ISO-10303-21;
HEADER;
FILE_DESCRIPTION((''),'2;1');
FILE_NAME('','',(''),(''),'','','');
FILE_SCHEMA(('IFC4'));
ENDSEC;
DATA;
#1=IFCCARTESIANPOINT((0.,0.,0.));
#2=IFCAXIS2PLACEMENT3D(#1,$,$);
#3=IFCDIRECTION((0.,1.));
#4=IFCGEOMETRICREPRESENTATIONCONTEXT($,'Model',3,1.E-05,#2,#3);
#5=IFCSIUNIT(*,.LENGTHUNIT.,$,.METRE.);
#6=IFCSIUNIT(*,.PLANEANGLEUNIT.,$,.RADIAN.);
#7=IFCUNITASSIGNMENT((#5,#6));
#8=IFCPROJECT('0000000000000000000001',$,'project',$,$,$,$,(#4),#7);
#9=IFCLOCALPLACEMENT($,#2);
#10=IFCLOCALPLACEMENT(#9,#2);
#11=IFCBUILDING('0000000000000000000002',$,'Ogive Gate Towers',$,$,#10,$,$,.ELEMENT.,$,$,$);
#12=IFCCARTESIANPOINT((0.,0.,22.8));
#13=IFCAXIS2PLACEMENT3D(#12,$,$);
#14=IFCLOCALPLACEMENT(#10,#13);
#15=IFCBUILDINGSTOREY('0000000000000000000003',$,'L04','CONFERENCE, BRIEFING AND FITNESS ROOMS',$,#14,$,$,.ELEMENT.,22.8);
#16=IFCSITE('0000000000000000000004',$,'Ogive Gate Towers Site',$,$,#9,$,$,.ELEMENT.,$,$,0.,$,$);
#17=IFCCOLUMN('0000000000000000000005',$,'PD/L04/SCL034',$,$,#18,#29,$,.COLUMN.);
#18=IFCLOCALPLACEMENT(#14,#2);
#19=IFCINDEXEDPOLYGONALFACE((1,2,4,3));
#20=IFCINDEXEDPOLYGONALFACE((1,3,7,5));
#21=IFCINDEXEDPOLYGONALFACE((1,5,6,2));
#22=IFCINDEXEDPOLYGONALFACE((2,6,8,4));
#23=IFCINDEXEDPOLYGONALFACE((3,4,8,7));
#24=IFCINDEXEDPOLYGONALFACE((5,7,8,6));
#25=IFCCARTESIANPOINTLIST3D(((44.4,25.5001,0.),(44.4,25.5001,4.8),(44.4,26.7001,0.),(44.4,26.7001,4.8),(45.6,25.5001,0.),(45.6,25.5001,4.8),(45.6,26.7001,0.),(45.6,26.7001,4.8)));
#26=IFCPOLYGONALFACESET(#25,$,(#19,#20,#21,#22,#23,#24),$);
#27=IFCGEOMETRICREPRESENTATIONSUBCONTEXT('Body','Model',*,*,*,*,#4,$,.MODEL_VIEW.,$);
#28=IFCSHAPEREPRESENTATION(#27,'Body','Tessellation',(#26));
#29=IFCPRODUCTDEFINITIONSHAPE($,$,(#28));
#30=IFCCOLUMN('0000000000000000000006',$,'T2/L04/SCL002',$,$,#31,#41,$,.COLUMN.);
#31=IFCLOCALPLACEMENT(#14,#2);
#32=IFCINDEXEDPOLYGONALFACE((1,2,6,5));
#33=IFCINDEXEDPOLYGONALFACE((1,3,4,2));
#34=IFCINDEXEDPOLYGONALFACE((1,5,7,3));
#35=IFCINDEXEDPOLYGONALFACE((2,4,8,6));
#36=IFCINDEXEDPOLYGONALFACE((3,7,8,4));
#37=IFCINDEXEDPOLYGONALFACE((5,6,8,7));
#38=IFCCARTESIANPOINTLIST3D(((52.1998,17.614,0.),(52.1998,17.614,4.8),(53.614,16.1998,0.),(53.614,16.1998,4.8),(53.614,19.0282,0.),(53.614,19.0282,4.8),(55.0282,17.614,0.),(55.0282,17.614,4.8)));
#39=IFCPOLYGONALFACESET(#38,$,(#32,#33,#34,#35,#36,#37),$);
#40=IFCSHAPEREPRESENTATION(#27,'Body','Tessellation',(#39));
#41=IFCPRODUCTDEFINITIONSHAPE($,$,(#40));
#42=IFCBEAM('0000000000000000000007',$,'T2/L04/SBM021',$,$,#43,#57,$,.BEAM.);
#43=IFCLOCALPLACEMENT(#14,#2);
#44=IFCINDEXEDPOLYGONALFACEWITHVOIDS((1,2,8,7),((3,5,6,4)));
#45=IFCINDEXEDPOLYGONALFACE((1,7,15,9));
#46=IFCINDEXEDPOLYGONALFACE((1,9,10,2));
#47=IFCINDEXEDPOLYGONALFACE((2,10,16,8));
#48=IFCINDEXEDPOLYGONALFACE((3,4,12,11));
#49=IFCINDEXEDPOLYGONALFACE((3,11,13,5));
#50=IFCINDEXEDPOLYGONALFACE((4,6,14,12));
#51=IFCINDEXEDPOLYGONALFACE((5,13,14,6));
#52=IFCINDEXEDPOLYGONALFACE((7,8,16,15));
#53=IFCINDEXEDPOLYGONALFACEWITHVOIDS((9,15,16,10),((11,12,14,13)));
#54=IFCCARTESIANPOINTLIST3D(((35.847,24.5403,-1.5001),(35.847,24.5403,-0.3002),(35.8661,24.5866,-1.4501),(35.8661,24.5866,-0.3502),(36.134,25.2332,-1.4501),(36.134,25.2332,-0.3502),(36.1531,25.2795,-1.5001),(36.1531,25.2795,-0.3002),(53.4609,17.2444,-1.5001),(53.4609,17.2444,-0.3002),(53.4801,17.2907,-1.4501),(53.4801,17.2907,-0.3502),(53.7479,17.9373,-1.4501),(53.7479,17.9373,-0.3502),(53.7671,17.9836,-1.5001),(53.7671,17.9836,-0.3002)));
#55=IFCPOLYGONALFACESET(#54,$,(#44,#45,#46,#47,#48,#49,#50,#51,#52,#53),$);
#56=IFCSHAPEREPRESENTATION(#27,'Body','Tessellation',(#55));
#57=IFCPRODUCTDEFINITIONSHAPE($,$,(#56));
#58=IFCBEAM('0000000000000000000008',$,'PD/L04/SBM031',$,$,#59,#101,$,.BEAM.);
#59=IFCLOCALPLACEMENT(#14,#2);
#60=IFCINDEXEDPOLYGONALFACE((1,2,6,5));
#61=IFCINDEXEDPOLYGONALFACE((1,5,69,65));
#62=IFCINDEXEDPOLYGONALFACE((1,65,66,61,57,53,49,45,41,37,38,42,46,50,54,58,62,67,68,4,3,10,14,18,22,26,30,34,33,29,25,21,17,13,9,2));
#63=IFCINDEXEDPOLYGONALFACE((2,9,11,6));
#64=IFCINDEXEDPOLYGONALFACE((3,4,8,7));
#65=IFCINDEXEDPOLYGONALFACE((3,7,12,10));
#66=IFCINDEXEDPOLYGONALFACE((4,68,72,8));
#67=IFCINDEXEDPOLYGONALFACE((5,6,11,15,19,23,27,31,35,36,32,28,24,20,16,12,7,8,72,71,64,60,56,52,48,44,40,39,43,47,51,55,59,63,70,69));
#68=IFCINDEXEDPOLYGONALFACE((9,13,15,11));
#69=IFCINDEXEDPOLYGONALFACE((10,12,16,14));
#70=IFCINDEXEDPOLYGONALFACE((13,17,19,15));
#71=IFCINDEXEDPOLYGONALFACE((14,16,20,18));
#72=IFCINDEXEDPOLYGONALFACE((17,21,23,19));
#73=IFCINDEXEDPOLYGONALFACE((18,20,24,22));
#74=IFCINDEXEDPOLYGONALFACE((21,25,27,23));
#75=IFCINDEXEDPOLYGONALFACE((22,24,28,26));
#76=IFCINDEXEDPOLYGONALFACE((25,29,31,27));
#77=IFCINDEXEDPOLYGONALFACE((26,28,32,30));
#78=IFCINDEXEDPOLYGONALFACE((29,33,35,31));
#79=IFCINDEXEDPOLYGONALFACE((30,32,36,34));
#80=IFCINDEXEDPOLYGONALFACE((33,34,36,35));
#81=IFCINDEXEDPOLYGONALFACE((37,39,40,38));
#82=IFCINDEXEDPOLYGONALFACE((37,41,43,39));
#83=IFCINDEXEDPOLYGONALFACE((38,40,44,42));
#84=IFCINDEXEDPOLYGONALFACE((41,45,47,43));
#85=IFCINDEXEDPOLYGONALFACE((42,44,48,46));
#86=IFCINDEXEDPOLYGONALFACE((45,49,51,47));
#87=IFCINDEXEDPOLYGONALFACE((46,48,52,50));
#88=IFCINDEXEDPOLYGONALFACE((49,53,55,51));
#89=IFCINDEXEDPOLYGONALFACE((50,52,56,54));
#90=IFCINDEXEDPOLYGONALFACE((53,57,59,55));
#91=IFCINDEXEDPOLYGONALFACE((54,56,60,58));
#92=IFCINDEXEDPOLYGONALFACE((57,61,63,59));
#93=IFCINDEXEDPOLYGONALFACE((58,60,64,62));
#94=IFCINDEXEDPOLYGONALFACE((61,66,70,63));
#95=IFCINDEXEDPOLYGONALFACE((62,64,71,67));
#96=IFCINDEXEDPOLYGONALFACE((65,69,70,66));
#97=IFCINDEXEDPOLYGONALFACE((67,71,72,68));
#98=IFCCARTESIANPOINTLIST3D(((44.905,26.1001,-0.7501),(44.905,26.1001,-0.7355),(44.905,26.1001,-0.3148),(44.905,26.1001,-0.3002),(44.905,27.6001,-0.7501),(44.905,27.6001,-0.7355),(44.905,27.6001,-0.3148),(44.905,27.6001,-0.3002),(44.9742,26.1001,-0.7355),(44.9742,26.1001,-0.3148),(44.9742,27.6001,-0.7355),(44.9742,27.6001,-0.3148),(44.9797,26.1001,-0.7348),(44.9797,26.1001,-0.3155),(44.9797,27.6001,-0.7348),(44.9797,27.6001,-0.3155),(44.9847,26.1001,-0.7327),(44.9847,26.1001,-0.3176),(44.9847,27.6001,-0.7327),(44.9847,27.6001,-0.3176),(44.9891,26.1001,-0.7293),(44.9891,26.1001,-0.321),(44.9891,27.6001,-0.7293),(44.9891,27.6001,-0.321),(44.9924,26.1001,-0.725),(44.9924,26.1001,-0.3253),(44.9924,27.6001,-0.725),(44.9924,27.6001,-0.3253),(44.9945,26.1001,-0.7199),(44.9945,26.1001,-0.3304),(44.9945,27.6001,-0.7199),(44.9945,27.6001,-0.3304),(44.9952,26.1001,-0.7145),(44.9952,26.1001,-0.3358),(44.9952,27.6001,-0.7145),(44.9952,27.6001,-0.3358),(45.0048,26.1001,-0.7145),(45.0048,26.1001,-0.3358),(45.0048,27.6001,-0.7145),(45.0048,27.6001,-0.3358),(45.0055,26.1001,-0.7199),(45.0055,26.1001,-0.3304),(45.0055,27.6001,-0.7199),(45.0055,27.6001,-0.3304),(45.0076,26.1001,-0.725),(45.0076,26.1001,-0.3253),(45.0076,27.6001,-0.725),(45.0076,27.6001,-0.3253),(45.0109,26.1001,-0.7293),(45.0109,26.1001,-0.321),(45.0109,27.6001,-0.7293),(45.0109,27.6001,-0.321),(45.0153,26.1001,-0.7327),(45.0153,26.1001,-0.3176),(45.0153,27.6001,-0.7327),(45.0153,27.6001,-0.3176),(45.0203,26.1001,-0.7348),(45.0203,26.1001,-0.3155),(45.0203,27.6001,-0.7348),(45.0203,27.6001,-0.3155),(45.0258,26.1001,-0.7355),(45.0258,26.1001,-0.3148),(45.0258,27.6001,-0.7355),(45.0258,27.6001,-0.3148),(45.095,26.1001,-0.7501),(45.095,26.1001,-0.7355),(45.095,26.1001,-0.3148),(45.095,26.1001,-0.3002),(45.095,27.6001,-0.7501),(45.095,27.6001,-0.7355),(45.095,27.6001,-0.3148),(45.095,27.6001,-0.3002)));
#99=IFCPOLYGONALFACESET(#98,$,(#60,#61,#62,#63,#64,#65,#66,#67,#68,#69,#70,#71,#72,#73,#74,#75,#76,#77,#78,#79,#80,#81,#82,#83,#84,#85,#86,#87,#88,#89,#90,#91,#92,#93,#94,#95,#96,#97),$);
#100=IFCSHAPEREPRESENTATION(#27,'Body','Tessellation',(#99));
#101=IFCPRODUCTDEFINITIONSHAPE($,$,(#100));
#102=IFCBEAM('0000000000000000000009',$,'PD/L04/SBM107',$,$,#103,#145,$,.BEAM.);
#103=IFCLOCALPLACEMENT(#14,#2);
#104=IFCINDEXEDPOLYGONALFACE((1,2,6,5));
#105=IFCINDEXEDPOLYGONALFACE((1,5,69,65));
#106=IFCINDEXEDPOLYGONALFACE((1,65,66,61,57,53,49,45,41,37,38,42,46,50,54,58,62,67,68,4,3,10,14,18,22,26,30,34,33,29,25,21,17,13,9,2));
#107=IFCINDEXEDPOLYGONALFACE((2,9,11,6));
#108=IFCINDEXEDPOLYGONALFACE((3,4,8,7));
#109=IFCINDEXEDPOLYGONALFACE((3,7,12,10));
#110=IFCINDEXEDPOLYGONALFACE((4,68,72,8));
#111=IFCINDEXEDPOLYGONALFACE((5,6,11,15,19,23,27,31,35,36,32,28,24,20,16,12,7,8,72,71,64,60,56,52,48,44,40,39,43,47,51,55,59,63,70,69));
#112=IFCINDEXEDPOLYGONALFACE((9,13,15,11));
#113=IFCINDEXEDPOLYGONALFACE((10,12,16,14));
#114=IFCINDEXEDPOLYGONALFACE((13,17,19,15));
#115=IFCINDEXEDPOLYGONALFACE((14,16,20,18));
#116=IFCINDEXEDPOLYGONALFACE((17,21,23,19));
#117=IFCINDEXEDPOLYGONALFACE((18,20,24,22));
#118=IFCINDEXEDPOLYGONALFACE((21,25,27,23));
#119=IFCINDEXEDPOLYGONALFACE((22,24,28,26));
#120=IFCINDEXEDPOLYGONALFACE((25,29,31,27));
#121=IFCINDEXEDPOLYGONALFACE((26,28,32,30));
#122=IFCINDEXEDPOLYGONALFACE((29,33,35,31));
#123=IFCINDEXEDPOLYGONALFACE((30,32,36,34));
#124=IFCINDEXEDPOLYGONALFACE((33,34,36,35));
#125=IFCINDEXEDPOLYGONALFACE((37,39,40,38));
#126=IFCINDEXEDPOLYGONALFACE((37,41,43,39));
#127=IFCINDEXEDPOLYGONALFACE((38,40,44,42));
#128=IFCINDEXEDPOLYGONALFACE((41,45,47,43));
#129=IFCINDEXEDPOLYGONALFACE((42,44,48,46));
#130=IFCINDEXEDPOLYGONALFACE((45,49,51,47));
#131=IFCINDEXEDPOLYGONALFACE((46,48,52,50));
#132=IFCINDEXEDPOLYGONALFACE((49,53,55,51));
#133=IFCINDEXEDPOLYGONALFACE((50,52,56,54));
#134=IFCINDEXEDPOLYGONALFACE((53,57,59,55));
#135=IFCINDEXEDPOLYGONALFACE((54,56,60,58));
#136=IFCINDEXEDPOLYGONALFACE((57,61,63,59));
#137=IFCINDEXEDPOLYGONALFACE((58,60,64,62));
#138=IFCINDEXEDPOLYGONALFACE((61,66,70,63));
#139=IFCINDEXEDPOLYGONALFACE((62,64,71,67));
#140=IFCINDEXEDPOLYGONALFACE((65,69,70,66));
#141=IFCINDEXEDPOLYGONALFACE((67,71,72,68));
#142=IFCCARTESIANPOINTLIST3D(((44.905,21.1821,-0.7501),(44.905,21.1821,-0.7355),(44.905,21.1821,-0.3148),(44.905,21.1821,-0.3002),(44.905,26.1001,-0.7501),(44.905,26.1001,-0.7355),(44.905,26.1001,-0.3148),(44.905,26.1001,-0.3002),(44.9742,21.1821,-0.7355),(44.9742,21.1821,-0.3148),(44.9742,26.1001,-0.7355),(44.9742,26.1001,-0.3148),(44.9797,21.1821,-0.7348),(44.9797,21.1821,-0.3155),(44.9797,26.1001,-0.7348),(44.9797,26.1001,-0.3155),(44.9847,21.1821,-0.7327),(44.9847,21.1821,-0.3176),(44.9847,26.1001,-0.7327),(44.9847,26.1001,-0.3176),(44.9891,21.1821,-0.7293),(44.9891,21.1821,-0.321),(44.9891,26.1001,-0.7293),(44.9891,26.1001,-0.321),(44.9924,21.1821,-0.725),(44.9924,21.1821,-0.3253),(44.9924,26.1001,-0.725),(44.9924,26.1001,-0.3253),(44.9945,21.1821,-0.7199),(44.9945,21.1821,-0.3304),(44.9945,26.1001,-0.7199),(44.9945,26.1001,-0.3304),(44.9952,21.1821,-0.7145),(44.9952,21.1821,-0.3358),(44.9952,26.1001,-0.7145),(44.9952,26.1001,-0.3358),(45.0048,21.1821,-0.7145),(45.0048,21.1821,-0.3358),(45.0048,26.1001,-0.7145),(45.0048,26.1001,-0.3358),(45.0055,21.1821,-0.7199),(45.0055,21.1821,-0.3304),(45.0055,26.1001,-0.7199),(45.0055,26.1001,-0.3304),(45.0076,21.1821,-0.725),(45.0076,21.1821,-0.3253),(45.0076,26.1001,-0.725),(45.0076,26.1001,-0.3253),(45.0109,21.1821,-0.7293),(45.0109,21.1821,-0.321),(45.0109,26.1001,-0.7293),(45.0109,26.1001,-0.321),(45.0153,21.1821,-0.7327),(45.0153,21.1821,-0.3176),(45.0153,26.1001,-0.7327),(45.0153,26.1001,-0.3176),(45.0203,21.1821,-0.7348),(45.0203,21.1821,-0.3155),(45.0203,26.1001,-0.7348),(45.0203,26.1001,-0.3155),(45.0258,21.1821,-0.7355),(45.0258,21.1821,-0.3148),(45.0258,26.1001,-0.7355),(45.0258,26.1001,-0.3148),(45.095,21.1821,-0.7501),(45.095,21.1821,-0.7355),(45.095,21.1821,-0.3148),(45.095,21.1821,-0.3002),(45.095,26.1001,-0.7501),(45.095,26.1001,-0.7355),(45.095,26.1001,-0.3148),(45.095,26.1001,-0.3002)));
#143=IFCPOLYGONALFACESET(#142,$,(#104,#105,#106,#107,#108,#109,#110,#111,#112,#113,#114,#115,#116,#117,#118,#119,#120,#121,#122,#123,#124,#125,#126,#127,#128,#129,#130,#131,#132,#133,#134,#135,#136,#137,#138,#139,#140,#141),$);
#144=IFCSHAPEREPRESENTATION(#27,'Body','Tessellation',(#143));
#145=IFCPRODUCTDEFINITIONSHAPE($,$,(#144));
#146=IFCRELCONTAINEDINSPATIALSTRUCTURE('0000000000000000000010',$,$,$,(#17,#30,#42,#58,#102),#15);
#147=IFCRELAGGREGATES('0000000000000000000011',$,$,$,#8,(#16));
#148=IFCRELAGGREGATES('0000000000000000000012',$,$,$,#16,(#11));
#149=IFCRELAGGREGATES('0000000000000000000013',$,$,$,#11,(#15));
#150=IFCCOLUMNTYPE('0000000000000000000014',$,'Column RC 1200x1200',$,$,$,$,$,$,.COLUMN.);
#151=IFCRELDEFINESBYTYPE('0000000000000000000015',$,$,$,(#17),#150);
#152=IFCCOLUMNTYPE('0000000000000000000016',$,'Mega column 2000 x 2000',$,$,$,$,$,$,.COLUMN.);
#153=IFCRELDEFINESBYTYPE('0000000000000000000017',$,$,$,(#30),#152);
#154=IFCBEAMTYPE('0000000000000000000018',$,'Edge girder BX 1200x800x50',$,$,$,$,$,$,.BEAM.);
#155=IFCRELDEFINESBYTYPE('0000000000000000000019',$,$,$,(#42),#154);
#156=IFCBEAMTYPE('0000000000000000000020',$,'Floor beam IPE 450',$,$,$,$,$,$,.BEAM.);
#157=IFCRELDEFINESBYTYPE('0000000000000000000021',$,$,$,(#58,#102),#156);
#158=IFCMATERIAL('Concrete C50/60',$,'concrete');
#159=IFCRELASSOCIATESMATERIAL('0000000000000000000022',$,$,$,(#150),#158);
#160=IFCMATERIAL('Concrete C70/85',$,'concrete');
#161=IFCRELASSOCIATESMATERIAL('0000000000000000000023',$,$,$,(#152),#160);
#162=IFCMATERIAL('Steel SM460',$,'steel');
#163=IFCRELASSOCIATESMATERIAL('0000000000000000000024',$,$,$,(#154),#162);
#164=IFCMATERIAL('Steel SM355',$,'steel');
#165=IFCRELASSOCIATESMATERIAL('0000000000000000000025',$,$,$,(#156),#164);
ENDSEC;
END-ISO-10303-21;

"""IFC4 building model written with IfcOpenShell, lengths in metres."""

from ifc_helpers import new_model, si_unit, direction, frame, origin, origin_2d, place, context, subcontext, project, spatial, rectangle, hollow_rectangle, i_section, extrude, material, material_profile, profile_set, type_object, element, save


model = new_model("IFC4")

# Units and contexts
model_context = context("Model", 3, precision=1e-05, world=origin(), true_north=direction((0.0, 1.0)))
body_context = subcontext(model_context, "Body", "Model", "MODEL_VIEW")
ifc_project = project(units=[si_unit("LENGTHUNIT", "METRE"), si_unit("PLANEANGLEUNIT", "RADIAN")], contexts=[model_context])

# Site, building, storey
site_placement = place(None, origin())
site = spatial("IfcSite", under=ifc_project, at=site_placement, Name="Ogive Gate Towers Site", CompositionType="ELEMENT", RefElevation=0.0)
building_placement = place(site_placement, origin())
building = spatial("IfcBuilding", under=site, at=building_placement, Name="Ogive Gate Towers", CompositionType="ELEMENT")
storey_placement = place(building_placement, frame((0.0, 0.0, 22.8)))
storey = spatial("IfcBuildingStorey", under=building, at=storey_placement, Name="L04", Description="CONFERENCE, BRIEFING AND FITNESS ROOMS", CompositionType="ELEMENT", Elevation=22.8)

# Columns
ifc_material_1 = material(Name="Concrete C50/60", Category="concrete")
ifc_material_profile_1 = material_profile(ifc_material_1, rectangle(XDim=1.2, YDim=1.2, at=origin_2d()), Name="RC 1200x1200")
ifc_profile_set_1 = profile_set([ifc_material_profile_1], Name="Concrete C50/60")
column_type_1 = type_object("IfcColumnType", Name="Column RC 1200x1200", PredefinedType="COLUMN", material=ifc_profile_set_1)
column_1_placement = place(storey_placement, frame((45.0, 26.1001, 0.0), z_axis=(0.0, 0.0, 1.0), x_axis=(1.0, 0.0, 0.0)))
element("IfcColumn", 1, at=column_1_placement, inside=storey, type_object=column_type_1, Name="PD/L04/SCL034", PredefinedType="COLUMN", context=body_context, shape_type="SweptSolid", body=[
    extrude(rectangle(XDim=1.2, YDim=1.2, at=origin_2d()), origin(), (0.0, 0.0, 1.0), 4.8),
])
ifc_material_2 = material(Name="Concrete C70/85", Category="concrete")
ifc_material_profile_2 = material_profile(ifc_material_2, rectangle(XDim=2.0, YDim=2.0, at=origin_2d()), Name="RC 2000x2000")
ifc_profile_set_2 = profile_set([ifc_material_profile_2], Name="Concrete C70/85")
column_type_2 = type_object("IfcColumnType", Name="Mega column 2000 x 2000", PredefinedType="COLUMN", material=ifc_profile_set_2)
column_2_placement = place(storey_placement, frame((53.614, 17.614, 0.0), z_axis=(0.0, 0.0, 1.0), x_axis=(0.707107, 0.707107, 0.0)))
element("IfcColumn", 2, at=column_2_placement, inside=storey, type_object=column_type_2, Name="T2/L04/SCL002", PredefinedType="COLUMN", context=body_context, shape_type="SweptSolid", body=[
    extrude(rectangle(XDim=2.0, YDim=2.0, at=origin_2d()), origin(), (0.0, 0.0, 1.0), 4.8),
])

# Beams
ifc_material_3 = material(Name="Steel SM460", Category="steel")
ifc_material_profile_3 = material_profile(ifc_material_3, hollow_rectangle(XDim=0.8, YDim=1.2, WallThickness=0.05, at=origin_2d()), Name="BX 1200x800x50")
ifc_profile_set_3 = profile_set([ifc_material_profile_3], Name="Steel SM460")
beam_type_1 = type_object("IfcBeamType", Name="Edge girder BX 1200x800x50", PredefinedType="BEAM", material=ifc_profile_set_3)
beam_1_placement = place(storey_placement, frame((53.614, 17.614, -0.9001), z_axis=(-0.923881, 0.382681, 0.0), x_axis=(-0.382681, -0.923881, 0.0)))
element("IfcBeam", 3, at=beam_1_placement, inside=storey, type_object=beam_type_1, Name="T2/L04/SBM021", PredefinedType="BEAM", context=body_context, shape_type="SweptSolid", body=[
    extrude(hollow_rectangle(XDim=0.8, YDim=1.2, WallThickness=0.05, at=origin_2d()), origin(), (0.0, 0.0, 1.0), 19.0652),
])
ifc_material_4 = material(Name="Steel SM355", Category="steel")
ifc_material_profile_4 = material_profile(ifc_material_4, i_section(OverallWidth=0.1899, OverallDepth=0.45, WebThickness=0.0095, FlangeThickness=0.0146, FilletRadius=0.021, at=origin_2d()), Name="IPE 450")
ifc_profile_set_4 = profile_set([ifc_material_profile_4], Name="Steel SM355")
beam_type_2 = type_object("IfcBeamType", Name="Floor beam IPE 450", PredefinedType="BEAM", material=ifc_profile_set_4)
beam_2_placement = place(storey_placement, frame((45.0, 26.1001, -0.5251), z_axis=(0.0, 1.0, 0.0), x_axis=(-1.0, 0.0, 0.0)))
element("IfcBeam", 4, at=beam_2_placement, inside=storey, type_object=beam_type_2, Name="PD/L04/SBM031", PredefinedType="BEAM", context=body_context, shape_type="SweptSolid", body=[
    extrude(i_section(OverallWidth=0.1899, OverallDepth=0.45, WebThickness=0.0095, FlangeThickness=0.0146, FilletRadius=0.021, at=origin_2d()), origin(), (0.0, 0.0, 1.0), 1.5),
])
beam_3_placement = place(storey_placement, frame((45.0, 26.1001, -0.5251), z_axis=(0.0, -1.0, 0.0), x_axis=(1.0, 0.0, 0.0)))
element("IfcBeam", 5, at=beam_3_placement, inside=storey, type_object=beam_type_2, Name="PD/L04/SBM107", PredefinedType="BEAM", context=body_context, shape_type="SweptSolid", body=[
    extrude(i_section(OverallWidth=0.1899, OverallDepth=0.45, WebThickness=0.0095, FlangeThickness=0.0146, FilletRadius=0.021, at=origin_2d()), origin(), (0.0, 0.0, 1.0), 4.918),
])

save(model, "model.ifc")
